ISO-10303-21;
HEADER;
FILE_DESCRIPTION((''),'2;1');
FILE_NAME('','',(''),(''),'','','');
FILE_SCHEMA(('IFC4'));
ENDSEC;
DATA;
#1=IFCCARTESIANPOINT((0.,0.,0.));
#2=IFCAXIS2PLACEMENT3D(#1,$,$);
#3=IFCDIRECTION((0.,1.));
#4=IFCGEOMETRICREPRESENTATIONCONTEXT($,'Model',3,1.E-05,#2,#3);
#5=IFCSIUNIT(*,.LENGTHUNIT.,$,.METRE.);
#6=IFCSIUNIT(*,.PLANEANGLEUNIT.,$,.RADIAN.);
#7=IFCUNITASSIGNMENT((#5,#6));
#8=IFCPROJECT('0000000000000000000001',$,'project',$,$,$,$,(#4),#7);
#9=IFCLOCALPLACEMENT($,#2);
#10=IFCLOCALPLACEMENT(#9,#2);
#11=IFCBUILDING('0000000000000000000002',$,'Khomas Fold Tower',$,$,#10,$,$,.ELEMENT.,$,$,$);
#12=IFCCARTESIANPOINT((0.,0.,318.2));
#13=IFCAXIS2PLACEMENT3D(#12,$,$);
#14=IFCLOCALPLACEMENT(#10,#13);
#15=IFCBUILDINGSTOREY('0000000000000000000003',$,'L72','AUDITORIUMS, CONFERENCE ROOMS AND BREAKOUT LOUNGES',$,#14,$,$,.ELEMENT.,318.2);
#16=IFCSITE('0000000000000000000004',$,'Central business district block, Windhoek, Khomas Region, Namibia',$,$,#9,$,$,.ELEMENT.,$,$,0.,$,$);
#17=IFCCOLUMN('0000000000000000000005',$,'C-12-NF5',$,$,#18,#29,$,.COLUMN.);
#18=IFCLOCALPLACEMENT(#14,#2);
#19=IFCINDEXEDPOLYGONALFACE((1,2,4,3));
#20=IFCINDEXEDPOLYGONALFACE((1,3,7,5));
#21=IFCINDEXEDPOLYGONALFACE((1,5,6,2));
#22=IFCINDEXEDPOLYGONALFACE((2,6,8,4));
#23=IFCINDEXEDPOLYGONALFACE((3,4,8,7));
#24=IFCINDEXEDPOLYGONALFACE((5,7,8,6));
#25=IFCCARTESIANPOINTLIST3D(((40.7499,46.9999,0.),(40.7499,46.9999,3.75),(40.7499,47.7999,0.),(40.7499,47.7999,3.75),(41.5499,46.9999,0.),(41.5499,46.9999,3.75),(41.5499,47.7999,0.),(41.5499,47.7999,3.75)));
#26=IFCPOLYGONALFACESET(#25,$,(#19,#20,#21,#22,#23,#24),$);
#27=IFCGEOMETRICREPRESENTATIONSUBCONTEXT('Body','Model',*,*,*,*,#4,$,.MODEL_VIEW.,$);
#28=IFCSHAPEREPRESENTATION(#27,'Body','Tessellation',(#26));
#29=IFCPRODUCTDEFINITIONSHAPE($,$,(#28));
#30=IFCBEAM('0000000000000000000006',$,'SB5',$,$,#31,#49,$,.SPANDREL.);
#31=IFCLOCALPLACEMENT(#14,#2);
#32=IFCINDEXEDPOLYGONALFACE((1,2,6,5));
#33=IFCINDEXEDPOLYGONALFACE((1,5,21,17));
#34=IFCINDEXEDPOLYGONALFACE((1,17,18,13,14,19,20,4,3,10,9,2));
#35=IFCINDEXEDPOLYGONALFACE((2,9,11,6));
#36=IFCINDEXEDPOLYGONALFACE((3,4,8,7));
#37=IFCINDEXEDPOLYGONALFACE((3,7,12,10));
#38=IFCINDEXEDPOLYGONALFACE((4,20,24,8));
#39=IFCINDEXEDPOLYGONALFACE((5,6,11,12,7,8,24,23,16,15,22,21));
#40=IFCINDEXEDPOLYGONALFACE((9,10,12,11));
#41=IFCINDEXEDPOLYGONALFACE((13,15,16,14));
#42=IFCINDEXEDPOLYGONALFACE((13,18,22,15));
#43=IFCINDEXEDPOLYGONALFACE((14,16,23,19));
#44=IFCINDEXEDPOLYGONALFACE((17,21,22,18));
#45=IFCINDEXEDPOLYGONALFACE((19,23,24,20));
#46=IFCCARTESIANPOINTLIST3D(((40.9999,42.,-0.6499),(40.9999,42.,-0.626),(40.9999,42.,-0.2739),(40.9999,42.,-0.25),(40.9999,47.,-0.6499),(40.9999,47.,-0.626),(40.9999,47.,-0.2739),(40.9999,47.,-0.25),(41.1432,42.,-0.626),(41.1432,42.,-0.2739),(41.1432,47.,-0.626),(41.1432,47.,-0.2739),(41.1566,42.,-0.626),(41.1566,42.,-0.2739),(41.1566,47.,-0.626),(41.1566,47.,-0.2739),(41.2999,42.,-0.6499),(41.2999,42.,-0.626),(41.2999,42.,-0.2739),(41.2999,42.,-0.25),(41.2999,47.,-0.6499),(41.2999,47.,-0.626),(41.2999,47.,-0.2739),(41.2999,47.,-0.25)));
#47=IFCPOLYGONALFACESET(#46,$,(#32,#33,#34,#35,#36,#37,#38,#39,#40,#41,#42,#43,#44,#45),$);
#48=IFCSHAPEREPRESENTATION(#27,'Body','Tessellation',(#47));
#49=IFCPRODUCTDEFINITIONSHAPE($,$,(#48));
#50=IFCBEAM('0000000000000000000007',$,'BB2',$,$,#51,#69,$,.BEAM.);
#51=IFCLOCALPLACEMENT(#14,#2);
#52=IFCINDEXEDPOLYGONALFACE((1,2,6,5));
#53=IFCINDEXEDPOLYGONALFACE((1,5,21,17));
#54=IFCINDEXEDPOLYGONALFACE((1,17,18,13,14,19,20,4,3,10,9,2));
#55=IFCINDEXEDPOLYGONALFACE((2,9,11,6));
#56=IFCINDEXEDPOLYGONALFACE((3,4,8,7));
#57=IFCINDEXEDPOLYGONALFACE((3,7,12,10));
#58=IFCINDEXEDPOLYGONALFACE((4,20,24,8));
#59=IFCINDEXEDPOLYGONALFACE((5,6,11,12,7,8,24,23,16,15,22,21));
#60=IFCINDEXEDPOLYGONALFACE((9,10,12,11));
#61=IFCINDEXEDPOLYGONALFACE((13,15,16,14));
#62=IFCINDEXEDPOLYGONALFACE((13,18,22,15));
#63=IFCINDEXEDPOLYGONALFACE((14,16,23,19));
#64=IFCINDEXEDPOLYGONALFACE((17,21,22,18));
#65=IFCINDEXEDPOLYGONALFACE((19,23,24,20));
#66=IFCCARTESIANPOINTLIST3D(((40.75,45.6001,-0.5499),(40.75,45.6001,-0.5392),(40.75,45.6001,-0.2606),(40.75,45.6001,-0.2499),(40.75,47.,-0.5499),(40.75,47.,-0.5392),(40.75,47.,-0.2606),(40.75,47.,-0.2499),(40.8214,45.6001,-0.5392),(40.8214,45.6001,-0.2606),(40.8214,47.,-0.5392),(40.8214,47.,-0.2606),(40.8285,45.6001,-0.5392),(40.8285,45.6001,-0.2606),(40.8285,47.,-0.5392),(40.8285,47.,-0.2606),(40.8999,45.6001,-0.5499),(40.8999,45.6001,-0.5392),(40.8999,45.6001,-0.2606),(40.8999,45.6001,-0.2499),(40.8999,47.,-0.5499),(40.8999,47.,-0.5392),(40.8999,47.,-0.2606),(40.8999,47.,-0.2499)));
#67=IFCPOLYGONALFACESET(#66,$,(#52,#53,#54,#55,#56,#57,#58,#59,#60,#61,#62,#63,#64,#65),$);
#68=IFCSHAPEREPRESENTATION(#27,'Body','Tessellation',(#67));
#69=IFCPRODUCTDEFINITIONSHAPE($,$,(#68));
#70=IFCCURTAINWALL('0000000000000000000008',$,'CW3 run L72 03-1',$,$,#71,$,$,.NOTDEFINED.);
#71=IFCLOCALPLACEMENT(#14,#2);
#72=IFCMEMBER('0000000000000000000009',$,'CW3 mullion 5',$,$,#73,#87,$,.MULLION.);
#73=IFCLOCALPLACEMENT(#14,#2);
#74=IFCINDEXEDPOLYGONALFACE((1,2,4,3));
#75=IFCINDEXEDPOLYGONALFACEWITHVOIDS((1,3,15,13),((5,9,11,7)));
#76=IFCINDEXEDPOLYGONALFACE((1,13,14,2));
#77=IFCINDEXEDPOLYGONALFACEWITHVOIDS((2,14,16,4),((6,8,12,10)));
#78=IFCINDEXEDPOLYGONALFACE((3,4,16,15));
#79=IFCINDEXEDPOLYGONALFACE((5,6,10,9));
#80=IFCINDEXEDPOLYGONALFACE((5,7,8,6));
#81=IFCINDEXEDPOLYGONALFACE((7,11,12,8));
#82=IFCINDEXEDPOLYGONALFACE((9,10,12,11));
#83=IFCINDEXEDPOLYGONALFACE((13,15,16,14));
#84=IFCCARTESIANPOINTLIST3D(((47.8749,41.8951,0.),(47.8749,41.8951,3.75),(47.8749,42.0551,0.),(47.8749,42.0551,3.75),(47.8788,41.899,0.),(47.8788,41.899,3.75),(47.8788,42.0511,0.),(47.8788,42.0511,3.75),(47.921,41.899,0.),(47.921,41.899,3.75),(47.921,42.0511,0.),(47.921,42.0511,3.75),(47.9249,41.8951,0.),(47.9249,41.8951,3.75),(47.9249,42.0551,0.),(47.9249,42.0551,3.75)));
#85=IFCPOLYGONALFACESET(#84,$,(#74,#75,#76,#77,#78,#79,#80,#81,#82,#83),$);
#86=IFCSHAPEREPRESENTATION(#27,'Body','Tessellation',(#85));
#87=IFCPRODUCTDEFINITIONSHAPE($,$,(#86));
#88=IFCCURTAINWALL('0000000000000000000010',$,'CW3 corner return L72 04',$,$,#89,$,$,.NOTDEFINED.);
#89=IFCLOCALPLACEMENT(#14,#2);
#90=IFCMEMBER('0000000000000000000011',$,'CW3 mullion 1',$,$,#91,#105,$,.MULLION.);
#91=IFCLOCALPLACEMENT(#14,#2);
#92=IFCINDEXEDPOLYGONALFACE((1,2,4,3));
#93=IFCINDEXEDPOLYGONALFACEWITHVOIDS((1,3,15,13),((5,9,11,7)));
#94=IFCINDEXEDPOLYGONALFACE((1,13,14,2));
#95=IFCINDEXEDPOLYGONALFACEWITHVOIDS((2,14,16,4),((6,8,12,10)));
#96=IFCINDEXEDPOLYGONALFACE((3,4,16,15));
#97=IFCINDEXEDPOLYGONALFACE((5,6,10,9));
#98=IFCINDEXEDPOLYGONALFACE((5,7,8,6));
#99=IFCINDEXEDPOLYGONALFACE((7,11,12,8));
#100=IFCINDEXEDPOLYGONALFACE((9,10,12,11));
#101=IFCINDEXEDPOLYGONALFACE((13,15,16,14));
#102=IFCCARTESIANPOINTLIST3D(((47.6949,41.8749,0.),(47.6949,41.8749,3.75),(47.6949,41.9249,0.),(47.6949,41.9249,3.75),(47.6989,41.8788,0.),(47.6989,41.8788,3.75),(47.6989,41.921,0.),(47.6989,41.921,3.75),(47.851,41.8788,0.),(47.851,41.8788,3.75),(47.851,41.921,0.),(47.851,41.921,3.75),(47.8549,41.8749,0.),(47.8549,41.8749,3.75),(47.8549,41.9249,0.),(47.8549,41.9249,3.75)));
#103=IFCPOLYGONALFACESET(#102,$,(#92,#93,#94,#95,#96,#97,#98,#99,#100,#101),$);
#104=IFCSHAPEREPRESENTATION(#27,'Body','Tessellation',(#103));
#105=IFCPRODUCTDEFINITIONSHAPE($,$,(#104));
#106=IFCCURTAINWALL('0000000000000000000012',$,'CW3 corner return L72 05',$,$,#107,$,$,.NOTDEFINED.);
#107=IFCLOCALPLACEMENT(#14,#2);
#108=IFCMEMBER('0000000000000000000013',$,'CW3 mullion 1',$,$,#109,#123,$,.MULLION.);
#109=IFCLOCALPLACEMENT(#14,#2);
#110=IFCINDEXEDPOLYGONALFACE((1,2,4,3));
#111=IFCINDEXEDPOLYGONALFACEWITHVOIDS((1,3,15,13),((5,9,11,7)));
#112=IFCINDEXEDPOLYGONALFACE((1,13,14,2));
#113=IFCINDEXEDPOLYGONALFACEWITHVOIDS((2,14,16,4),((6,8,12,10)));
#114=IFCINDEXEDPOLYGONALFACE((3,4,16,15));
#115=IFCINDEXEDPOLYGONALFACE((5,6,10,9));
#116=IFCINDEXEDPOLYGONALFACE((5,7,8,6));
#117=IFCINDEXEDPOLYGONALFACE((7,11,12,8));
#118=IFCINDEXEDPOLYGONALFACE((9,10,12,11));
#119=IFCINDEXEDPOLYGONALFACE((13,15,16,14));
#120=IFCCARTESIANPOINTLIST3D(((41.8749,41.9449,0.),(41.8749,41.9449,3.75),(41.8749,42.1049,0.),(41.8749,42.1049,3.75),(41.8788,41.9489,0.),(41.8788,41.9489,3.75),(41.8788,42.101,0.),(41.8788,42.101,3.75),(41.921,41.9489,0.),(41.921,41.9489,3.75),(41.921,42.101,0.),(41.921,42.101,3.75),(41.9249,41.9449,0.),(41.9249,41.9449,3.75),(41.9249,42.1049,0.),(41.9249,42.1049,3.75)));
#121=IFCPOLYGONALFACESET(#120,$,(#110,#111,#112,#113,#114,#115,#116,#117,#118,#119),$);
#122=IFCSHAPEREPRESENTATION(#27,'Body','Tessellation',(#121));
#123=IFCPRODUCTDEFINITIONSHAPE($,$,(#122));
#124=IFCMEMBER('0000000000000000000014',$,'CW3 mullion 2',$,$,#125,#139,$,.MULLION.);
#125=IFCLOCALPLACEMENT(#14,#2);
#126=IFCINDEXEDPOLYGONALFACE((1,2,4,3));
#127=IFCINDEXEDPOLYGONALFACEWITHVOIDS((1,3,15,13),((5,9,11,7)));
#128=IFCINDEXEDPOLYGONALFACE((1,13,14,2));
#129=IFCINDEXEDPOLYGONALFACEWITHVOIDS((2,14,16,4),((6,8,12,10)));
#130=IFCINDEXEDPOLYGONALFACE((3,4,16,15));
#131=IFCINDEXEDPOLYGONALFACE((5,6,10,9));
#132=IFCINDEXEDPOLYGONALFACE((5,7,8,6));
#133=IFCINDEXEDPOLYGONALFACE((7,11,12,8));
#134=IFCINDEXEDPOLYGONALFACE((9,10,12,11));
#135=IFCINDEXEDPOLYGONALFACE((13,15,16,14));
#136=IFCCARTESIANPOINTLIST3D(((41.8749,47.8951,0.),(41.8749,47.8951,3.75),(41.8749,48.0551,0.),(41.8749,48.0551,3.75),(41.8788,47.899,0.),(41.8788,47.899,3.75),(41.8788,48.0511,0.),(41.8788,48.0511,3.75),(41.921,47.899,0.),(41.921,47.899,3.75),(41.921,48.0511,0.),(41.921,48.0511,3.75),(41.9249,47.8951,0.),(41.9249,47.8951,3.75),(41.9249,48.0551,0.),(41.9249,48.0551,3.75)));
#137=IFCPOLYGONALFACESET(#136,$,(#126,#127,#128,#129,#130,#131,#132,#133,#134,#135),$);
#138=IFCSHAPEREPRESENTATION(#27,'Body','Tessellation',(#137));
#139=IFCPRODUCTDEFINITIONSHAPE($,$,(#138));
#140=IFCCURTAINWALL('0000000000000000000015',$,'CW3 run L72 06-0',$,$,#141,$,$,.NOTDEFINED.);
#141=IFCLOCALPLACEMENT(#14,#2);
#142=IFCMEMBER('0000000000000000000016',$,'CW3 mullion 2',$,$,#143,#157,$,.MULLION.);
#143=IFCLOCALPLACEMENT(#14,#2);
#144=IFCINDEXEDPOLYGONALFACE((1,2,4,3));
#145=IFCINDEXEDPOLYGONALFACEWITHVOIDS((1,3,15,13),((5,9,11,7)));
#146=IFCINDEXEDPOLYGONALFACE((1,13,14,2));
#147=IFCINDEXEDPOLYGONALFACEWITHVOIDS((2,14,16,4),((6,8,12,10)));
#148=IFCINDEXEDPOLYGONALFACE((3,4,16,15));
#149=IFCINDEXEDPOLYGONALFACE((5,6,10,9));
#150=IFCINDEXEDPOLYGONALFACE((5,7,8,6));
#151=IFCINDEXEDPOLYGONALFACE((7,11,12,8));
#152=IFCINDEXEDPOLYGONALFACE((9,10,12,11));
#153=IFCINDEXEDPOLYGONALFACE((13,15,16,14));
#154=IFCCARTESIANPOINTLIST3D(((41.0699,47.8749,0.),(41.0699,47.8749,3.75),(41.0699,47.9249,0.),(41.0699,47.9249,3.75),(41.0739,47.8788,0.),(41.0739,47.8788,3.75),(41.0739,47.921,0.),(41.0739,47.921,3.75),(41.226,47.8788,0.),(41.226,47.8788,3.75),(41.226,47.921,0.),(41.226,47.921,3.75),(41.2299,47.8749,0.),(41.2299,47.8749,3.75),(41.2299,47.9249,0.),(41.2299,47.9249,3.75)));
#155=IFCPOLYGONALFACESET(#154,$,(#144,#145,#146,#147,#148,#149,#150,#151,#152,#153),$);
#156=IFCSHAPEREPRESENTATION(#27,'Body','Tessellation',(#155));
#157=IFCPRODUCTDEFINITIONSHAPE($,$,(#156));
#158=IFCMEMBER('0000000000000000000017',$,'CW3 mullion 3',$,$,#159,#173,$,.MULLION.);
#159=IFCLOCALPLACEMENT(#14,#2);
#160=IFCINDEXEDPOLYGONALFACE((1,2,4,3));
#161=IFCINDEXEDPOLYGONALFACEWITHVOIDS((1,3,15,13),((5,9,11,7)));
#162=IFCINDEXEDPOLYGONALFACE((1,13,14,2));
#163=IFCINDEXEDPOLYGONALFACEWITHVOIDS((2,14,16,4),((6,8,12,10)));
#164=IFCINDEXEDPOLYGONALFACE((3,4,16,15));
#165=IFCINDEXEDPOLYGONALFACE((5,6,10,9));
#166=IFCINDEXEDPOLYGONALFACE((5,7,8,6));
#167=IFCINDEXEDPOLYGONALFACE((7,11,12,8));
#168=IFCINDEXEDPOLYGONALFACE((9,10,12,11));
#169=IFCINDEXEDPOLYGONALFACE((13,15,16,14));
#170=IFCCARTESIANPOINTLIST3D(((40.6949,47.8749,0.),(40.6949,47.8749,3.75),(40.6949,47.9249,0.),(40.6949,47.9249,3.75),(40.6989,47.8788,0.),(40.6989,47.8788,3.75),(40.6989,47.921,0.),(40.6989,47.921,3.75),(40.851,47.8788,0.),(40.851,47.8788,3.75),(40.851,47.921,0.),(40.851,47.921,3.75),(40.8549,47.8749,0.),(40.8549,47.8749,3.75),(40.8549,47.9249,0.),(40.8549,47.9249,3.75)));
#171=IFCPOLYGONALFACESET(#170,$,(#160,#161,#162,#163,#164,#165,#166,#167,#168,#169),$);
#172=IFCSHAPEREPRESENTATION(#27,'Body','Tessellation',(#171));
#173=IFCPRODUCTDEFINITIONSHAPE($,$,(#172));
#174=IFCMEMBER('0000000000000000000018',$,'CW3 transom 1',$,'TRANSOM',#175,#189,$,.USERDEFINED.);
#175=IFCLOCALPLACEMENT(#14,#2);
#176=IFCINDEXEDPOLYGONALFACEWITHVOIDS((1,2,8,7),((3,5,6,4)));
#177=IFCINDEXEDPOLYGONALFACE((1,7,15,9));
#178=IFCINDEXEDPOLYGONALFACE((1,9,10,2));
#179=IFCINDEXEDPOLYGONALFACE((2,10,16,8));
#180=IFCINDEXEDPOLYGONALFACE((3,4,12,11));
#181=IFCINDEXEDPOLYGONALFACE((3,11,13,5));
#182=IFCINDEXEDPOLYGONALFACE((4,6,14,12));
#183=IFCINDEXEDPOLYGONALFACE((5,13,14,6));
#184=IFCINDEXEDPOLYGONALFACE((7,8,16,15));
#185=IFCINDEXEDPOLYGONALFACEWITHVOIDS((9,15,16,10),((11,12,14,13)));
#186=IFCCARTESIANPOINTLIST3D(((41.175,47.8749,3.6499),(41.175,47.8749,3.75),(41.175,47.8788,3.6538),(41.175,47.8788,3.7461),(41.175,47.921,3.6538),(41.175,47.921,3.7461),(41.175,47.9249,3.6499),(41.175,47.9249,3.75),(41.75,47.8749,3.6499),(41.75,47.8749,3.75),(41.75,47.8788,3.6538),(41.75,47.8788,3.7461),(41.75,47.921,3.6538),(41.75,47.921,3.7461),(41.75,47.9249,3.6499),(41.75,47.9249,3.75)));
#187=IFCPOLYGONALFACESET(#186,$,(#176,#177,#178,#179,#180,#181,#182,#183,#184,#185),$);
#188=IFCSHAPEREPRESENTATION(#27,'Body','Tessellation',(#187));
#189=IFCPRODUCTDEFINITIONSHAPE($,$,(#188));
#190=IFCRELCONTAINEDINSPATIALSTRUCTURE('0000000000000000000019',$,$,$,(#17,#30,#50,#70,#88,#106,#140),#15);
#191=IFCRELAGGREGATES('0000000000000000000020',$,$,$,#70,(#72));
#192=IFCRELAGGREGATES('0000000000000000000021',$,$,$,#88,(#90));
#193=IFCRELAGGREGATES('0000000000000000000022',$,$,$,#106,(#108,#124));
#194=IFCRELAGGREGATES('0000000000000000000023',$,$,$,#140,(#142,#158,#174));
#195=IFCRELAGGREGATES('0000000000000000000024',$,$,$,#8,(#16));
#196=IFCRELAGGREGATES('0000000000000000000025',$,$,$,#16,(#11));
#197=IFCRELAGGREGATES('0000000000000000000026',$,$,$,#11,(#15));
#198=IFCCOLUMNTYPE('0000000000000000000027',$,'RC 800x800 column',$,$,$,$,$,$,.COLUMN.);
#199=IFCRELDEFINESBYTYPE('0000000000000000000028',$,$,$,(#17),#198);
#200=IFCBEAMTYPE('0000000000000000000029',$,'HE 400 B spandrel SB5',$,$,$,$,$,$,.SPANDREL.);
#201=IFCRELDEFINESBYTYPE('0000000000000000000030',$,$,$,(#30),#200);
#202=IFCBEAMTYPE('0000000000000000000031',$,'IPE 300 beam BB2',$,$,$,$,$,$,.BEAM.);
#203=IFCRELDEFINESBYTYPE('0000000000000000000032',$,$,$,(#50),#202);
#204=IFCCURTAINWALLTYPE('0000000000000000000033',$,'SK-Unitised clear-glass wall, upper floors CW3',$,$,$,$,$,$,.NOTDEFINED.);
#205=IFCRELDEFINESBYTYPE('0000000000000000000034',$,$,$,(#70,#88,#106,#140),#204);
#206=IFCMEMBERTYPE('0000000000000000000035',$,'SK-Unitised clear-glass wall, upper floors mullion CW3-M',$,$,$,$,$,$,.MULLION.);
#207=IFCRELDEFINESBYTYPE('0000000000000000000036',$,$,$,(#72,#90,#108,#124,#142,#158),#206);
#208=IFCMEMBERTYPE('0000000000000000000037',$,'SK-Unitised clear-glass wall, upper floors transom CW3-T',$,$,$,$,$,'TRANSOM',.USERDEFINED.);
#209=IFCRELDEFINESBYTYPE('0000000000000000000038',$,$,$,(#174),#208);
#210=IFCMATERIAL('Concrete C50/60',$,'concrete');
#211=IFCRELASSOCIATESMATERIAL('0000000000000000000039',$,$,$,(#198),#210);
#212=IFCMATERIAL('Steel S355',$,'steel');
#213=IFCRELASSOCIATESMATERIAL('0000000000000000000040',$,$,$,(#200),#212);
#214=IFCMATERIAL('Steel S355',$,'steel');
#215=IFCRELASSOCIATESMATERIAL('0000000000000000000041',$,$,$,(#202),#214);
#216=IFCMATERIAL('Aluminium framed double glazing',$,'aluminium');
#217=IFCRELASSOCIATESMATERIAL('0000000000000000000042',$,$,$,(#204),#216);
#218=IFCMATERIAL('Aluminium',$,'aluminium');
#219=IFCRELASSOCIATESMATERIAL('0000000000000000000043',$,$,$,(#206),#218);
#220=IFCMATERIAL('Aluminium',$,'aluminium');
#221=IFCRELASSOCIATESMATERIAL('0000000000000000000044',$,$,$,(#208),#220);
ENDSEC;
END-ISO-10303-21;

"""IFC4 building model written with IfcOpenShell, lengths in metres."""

from ifc_helpers import new_model, si_unit, direction, frame, origin, origin_2d, place, context, subcontext, project, spatial, rectangle, hollow_rectangle, i_section, extrude, source, transform, mapped, material, material_profile, profile_set, type_object, element, aggregate, save


model = new_model("IFC4")

# Units and contexts
model_context = context("Model", 3, precision=1e-05, world=origin(), true_north=direction((0.0, 1.0)))
body_context = subcontext(model_context, "Body", "Model", "MODEL_VIEW")
ifc_project = project(units=[si_unit("LENGTHUNIT", "METRE"), si_unit("PLANEANGLEUNIT", "RADIAN")], contexts=[model_context])

# Site, building, storey
site_placement = place(None, origin())
site = spatial("IfcSite", under=ifc_project, at=site_placement, Name="Central business district block, Windhoek, Khomas Region, Namibia", CompositionType="ELEMENT", RefElevation=0.0)
building_placement = place(site_placement, origin())
building = spatial("IfcBuilding", under=site, at=building_placement, Name="Khomas Fold Tower", CompositionType="ELEMENT")
storey_placement = place(building_placement, frame((0.0, 0.0, 318.2)))
storey = spatial("IfcBuildingStorey", under=building, at=storey_placement, Name="L72", Description="AUDITORIUMS, CONFERENCE ROOMS AND BREAKOUT LOUNGES", CompositionType="ELEMENT", Elevation=318.2)

# Column
ifc_material_1 = material(Name="Concrete C50/60", Category="concrete")
ifc_material_profile_1 = material_profile(ifc_material_1, rectangle(XDim=0.8, YDim=0.8, at=origin_2d()), Name="RC 800x800")
ifc_profile_set_1 = profile_set([ifc_material_profile_1], Name="Concrete C50/60")
column_type = type_object("IfcColumnType", Name="RC 800x800 column", PredefinedType="COLUMN", material=ifc_profile_set_1)
shared_shape_1 = source(origin(), body_context, "Body", "SweptSolid", [
    extrude(rectangle(XDim=0.8, YDim=0.8, at=origin_2d()), origin(), (0.0, 0.0, 1.0), 3.75),
])
column_placement = place(storey_placement, frame((41.1499, 47.3999, 0.0), z_axis=(0.0, 0.0, 1.0), x_axis=(1.0, 0.0, 0.0)))
element("IfcColumn", 1, at=column_placement, inside=storey, type_object=column_type, Name="C-12-NF5", PredefinedType="COLUMN", context=body_context, shape_type="MappedRepresentation", body=[
    mapped(shared_shape_1, transform((0.0, 0.0, 0.0))),
])

# Beams
ifc_material_2 = material(Name="Steel S355", Category="steel")
ifc_material_profile_2 = material_profile(ifc_material_2, i_section(OverallWidth=0.3, OverallDepth=0.3999, WebThickness=0.0134, FlangeThickness=0.0239, at=origin_2d()), Name="HE 400 B")
ifc_profile_set_2 = profile_set([ifc_material_profile_2], Name="Steel S355")
beam_type_1 = type_object("IfcBeamType", Name="HE 400 B spandrel SB5", PredefinedType="SPANDREL", material=ifc_profile_set_2)
shared_shape_2 = source(origin(), body_context, "Body", "SweptSolid", [
    extrude(i_section(OverallWidth=0.3, OverallDepth=0.3999, WebThickness=0.0134, FlangeThickness=0.0239, at=origin_2d()), origin(), (0.0, 0.0, 1.0), 5.0),
])
beam_1_placement = place(storey_placement, frame((41.1499, 42.0, -0.45), z_axis=(0.0, 1.0, 0.0), x_axis=(-1.0, 0.0, 0.0)))
element("IfcBeam", 2, at=beam_1_placement, inside=storey, type_object=beam_type_1, Name="SB5", PredefinedType="SPANDREL", context=body_context, shape_type="MappedRepresentation", body=[
    mapped(shared_shape_2, transform((0.0, 0.0, 0.0))),
])
ifc_material_3 = material(Name="Steel S355", Category="steel")
ifc_material_profile_3 = material_profile(ifc_material_3, i_section(OverallWidth=0.1499, OverallDepth=0.3, WebThickness=0.0071, FlangeThickness=0.0107, at=origin_2d()), Name="IPE 300")
ifc_profile_set_3 = profile_set([ifc_material_profile_3], Name="Steel S355")
beam_type_2 = type_object("IfcBeamType", Name="IPE 300 beam BB2", PredefinedType="BEAM", material=ifc_profile_set_3)
shared_shape_3 = source(origin(), body_context, "Body", "SweptSolid", [
    extrude(i_section(OverallWidth=0.1499, OverallDepth=0.3, WebThickness=0.0071, FlangeThickness=0.0107, at=origin_2d()), origin(), (0.0, 0.0, 1.0), 1.3999),
])
beam_2_placement = place(storey_placement, frame((40.825, 45.6001, -0.3999), z_axis=(0.0, 1.0, 0.0), x_axis=(-1.0, 0.0, 0.0)))
element("IfcBeam", 3, at=beam_2_placement, inside=storey, type_object=beam_type_2, Name="BB2", PredefinedType="BEAM", context=body_context, shape_type="MappedRepresentation", body=[
    mapped(shared_shape_3, transform((0.0, 0.0, 0.0))),
])

# Curtain walls, members
ifc_material_4 = material(Name="Aluminium framed double glazing", Category="aluminium")
curtain_wall_type = type_object("IfcCurtainWallType", Name="SK-Unitised clear-glass wall, upper floors CW3", PredefinedType="NOTDEFINED", material=ifc_material_4)
curtain_wall_1_placement = place(storey_placement, origin())
curtain_wall_1 = element("IfcCurtainWall", 4, at=curtain_wall_1_placement, inside=storey, type_object=curtain_wall_type, Name="CW3 run L72 03-1", PredefinedType="NOTDEFINED")
ifc_material_5 = material(Name="Aluminium", Category="aluminium")
ifc_material_profile_4 = material_profile(ifc_material_5, hollow_rectangle(XDim=0.05, YDim=0.1599, WallThickness=0.0039, at=origin_2d()), Name="SK-Unitised clear-glass wall, upper floors mullion CW3-M")
ifc_profile_set_4 = profile_set([ifc_material_profile_4], Name="Aluminium")
member_type_1 = type_object("IfcMemberType", Name="SK-Unitised clear-glass wall, upper floors mullion CW3-M", PredefinedType="MULLION", material=ifc_profile_set_4)
shared_shape_4 = source(origin(), body_context, "Body", "SweptSolid", [
    extrude(hollow_rectangle(XDim=0.05, YDim=0.1599, WallThickness=0.0039, at=origin_2d()), origin(), (0.0, 0.0, 1.0), 3.75),
])
member_1_placement = place(storey_placement, frame((47.8999, 41.9751, 0.0), z_axis=(0.0, 0.0, 1.0), x_axis=(-1.0, 0.0, 0.0)))
member_1 = element("IfcMember", 5, at=member_1_placement, type_object=member_type_1, Name="CW3 mullion 5", PredefinedType="MULLION", context=body_context, shape_type="MappedRepresentation", body=[
    mapped(shared_shape_4, transform((0.0, 0.0, 0.0))),
])
aggregate(curtain_wall_1, [member_1])
curtain_wall_2_placement = place(storey_placement, origin())
curtain_wall_2 = element("IfcCurtainWall", 6, at=curtain_wall_2_placement, inside=storey, type_object=curtain_wall_type, Name="CW3 corner return L72 04", PredefinedType="NOTDEFINED")
member_2_placement = place(storey_placement, frame((47.7749, 41.8999, 0.0), z_axis=(0.0, 0.0, 1.0), x_axis=(0.0, -1.0, 0.0)))
member_2 = element("IfcMember", 7, at=member_2_placement, type_object=member_type_1, Name="CW3 mullion 1", PredefinedType="MULLION", context=body_context, shape_type="MappedRepresentation", body=[
    mapped(shared_shape_4, transform((0.0, 0.0, 0.0))),
])

# Curtain walls, members
curtain_wall_3_placement = place(storey_placement, origin())
curtain_wall_3 = element("IfcCurtainWall", 8, at=curtain_wall_3_placement, inside=storey, type_object=curtain_wall_type, Name="CW3 corner return L72 05", PredefinedType="NOTDEFINED")
member_3_placement = place(storey_placement, frame((41.8999, 42.0249, 0.0), z_axis=(0.0, 0.0, 1.0), x_axis=(-1.0, 0.0, 0.0)))
member_3 = element("IfcMember", 9, at=member_3_placement, type_object=member_type_1, Name="CW3 mullion 1", PredefinedType="MULLION", context=body_context, shape_type="MappedRepresentation", body=[
    mapped(shared_shape_4, transform((0.0, 0.0, 0.0))),
])
member_4_placement = place(storey_placement, frame((41.8999, 47.9751, 0.0), z_axis=(0.0, 0.0, 1.0), x_axis=(-1.0, 0.0, 0.0)))
member_4 = element("IfcMember", 10, at=member_4_placement, type_object=member_type_1, Name="CW3 mullion 2", PredefinedType="MULLION", context=body_context, shape_type="MappedRepresentation", body=[
    mapped(shared_shape_4, transform((0.0, 0.0, 0.0))),
])
curtain_wall_4_placement = place(storey_placement, origin())
curtain_wall_4 = element("IfcCurtainWall", 11, at=curtain_wall_4_placement, inside=storey, type_object=curtain_wall_type, Name="CW3 run L72 06-0", PredefinedType="NOTDEFINED")
member_5_placement = place(storey_placement, frame((41.1499, 47.8999, 0.0), z_axis=(0.0, 0.0, 1.0), x_axis=(0.0, -1.0, 0.0)))
member_5 = element("IfcMember", 12, at=member_5_placement, type_object=member_type_1, Name="CW3 mullion 2", PredefinedType="MULLION", context=body_context, shape_type="MappedRepresentation", body=[
    mapped(shared_shape_4, transform((0.0, 0.0, 0.0))),
])
member_6_placement = place(storey_placement, frame((40.7749, 47.8999, 0.0), z_axis=(0.0, 0.0, 1.0), x_axis=(0.0, -1.0, 0.0)))
member_6 = element("IfcMember", 13, at=member_6_placement, type_object=member_type_1, Name="CW3 mullion 3", PredefinedType="MULLION", context=body_context, shape_type="MappedRepresentation", body=[
    mapped(shared_shape_4, transform((0.0, 0.0, 0.0))),
])
ifc_material_6 = material(Name="Aluminium", Category="aluminium")
ifc_material_profile_5 = material_profile(ifc_material_6, hollow_rectangle(XDim=0.05, YDim=0.1001, WallThickness=0.0039, at=origin_2d()), Name="SK-Unitised clear-glass wall, upper floors transom CW3-T")
ifc_profile_set_5 = profile_set([ifc_material_profile_5], Name="Aluminium")
member_type_2 = type_object("IfcMemberType", Name="SK-Unitised clear-glass wall, upper floors transom CW3-T", ElementType="TRANSOM", PredefinedType="USERDEFINED", material=ifc_profile_set_5)
shared_shape_5 = source(origin(), body_context, "Body", "SweptSolid", [
    extrude(hollow_rectangle(XDim=0.05, YDim=0.1001, WallThickness=0.0039, at=origin_2d()), origin(), (0.0, 0.0, 1.0), 0.575),
])
member_7_placement = place(storey_placement, frame((41.75, 47.8999, 3.7), z_axis=(-1.0, 0.0, 0.0), x_axis=(0.0, -1.0, 0.0)))
member_7 = element("IfcMember", 14, at=member_7_placement, type_object=member_type_2, Name="CW3 transom 1", ObjectType="TRANSOM", PredefinedType="USERDEFINED", context=body_context, shape_type="MappedRepresentation", body=[
    mapped(shared_shape_5, transform((0.0, 0.0, 0.0))),
])

aggregate(curtain_wall_2, [member_2])

aggregate(curtain_wall_3, [member_3, member_4])
aggregate(curtain_wall_4, [member_5, member_6, member_7])

save(model, "model.ifc")
